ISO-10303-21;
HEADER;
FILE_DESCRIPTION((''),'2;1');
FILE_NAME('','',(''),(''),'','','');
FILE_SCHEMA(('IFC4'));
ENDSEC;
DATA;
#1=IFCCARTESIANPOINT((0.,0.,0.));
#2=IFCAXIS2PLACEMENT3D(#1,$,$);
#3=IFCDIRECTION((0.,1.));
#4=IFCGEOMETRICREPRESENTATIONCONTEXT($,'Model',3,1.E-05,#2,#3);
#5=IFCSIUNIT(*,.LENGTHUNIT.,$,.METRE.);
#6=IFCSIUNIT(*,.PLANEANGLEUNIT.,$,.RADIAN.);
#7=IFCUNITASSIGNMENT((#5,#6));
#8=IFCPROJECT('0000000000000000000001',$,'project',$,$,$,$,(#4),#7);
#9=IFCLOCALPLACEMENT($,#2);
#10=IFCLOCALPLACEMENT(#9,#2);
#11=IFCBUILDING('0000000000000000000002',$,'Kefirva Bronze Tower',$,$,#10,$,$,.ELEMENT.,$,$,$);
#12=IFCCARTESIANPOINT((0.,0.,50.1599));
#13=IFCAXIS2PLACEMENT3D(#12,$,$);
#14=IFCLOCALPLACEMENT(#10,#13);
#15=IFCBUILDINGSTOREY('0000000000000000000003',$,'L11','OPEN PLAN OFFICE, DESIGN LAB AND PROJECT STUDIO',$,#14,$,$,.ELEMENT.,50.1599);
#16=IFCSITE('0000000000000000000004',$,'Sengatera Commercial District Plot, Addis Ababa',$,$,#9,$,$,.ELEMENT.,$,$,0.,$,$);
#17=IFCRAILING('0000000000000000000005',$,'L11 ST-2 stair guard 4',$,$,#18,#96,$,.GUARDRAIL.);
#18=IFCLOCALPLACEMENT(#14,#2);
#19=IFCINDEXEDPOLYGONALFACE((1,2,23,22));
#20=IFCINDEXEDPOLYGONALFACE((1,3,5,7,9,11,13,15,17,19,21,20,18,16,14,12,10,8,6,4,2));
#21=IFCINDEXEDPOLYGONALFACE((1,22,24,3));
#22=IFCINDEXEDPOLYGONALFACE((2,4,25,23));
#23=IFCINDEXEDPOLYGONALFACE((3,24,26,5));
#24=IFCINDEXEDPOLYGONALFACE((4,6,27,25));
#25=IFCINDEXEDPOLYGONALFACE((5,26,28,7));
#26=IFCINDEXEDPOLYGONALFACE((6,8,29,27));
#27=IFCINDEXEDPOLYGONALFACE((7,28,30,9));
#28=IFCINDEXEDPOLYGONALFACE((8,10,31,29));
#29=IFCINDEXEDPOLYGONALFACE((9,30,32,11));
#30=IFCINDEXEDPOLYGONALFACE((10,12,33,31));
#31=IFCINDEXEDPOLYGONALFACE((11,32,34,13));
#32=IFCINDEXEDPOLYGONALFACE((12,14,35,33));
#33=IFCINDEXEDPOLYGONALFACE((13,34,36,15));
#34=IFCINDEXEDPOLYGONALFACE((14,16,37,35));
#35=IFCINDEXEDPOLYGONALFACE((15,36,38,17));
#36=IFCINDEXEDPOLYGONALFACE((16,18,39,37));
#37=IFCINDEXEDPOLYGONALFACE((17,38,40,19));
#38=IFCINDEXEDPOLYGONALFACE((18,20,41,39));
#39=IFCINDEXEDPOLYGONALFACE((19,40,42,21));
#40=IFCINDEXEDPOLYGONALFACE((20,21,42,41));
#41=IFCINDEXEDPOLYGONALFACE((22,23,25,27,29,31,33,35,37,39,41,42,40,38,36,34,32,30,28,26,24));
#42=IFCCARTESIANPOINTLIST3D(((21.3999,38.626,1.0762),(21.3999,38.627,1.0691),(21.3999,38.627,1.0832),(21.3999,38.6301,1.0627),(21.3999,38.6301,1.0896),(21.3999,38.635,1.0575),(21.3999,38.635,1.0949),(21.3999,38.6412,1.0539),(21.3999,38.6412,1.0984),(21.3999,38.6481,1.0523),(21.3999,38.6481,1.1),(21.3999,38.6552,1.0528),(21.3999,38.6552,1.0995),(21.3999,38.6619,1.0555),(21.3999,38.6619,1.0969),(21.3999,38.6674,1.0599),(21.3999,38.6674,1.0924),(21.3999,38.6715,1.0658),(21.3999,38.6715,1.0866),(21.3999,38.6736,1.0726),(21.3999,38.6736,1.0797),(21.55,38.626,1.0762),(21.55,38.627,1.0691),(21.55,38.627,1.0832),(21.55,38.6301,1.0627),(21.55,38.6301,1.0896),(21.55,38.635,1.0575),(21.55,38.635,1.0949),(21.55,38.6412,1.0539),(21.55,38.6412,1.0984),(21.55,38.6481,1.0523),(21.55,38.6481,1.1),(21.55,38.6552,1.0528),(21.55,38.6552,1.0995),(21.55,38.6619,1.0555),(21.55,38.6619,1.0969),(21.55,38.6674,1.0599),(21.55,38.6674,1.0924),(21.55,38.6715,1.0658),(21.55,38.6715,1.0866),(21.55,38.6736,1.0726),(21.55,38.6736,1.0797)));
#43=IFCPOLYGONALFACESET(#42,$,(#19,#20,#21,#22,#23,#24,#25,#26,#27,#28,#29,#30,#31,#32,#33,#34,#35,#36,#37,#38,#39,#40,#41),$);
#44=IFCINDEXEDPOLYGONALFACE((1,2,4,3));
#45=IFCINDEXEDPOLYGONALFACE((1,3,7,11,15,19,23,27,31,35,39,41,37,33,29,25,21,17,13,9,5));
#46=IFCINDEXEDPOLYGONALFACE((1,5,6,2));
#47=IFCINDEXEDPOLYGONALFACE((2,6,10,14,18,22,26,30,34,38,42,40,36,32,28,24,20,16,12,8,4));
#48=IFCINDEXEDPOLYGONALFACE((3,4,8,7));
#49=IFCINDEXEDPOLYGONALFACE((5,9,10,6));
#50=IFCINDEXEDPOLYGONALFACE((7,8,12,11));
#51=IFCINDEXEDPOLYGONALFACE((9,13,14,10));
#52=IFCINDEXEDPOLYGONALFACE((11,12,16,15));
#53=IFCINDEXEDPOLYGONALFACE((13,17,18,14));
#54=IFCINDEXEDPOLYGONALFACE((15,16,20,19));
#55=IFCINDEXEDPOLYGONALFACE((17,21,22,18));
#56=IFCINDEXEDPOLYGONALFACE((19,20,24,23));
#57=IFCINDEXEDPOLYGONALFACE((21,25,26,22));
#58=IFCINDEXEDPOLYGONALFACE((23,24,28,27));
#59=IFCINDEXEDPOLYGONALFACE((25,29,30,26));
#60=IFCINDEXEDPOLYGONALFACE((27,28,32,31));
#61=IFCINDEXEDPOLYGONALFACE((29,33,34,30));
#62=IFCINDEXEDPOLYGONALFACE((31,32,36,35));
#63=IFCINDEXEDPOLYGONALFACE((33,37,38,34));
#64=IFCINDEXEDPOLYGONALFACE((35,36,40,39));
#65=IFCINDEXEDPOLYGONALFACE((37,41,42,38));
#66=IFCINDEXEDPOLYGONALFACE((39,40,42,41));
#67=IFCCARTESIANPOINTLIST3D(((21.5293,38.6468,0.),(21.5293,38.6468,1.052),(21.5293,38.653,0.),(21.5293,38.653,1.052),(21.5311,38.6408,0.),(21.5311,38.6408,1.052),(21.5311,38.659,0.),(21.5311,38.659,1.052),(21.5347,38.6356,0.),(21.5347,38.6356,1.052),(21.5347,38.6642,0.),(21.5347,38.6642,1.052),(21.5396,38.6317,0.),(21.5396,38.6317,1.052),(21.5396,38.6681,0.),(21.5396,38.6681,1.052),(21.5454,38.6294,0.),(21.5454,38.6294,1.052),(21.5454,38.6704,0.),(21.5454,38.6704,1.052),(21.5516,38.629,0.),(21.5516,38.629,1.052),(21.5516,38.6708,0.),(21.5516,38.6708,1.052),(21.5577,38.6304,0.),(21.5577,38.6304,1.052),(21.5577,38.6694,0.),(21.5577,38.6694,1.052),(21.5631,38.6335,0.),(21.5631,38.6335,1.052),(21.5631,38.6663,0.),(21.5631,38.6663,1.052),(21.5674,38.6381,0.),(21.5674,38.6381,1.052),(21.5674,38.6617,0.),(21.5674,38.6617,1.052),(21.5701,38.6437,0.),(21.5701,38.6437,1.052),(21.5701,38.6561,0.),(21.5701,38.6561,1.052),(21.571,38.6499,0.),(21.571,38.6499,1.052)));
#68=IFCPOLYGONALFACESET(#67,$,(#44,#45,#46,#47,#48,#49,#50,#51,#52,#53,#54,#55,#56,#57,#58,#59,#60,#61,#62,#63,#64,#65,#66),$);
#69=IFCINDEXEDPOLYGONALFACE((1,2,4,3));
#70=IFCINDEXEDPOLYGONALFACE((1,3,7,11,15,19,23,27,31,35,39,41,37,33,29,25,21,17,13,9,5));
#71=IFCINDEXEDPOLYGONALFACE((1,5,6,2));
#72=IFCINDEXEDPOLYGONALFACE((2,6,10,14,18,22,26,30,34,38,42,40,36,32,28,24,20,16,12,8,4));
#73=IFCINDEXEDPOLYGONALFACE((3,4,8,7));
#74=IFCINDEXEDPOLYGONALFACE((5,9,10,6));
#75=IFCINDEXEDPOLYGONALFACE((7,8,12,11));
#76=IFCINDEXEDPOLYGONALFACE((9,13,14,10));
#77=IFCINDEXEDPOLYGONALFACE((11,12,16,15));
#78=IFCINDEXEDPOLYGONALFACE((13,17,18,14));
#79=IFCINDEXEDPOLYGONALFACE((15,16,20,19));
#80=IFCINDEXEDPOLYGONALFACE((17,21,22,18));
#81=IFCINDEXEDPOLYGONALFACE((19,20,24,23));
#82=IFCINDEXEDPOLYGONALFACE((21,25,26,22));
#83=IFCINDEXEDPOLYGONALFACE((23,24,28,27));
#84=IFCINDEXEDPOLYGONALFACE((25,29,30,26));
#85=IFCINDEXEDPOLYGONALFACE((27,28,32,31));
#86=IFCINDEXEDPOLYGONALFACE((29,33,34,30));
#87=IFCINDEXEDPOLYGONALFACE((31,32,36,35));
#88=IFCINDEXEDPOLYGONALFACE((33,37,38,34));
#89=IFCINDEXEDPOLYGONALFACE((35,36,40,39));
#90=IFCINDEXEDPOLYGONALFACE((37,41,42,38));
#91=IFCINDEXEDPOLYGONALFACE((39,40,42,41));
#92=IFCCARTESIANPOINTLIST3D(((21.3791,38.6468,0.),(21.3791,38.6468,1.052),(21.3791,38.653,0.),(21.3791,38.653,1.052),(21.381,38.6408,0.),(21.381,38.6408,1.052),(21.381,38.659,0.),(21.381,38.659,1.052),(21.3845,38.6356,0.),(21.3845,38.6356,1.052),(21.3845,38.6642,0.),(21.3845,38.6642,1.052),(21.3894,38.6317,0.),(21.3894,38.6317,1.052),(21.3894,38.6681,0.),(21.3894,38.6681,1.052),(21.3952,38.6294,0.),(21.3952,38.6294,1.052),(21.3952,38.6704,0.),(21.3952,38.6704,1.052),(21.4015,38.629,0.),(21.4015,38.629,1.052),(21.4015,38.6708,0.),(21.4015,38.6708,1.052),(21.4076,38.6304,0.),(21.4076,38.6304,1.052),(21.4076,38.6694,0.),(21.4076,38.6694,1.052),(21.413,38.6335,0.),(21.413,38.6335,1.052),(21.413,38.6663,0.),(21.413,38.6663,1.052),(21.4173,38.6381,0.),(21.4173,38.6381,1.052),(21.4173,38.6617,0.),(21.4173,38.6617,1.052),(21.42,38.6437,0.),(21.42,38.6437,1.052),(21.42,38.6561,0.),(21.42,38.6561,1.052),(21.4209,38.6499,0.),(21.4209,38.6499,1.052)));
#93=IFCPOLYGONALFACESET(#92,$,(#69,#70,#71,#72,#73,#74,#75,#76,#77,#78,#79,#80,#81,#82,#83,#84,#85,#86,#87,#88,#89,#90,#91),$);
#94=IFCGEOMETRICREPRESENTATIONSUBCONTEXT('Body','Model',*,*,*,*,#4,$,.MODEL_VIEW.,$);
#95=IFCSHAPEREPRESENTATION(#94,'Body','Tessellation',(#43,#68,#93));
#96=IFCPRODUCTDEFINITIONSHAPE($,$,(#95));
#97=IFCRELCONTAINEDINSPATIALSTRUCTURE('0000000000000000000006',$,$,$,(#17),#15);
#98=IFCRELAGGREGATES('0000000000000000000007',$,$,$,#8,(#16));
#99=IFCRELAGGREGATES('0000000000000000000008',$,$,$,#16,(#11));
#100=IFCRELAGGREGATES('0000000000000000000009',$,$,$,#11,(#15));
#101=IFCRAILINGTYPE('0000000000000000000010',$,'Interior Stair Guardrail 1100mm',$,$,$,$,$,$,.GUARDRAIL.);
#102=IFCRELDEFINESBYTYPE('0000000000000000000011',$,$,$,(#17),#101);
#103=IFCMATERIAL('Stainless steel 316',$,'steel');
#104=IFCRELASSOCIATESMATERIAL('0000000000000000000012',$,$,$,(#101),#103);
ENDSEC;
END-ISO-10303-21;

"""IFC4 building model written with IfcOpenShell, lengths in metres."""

from ifc_helpers import new_model, si_unit, direction, frame, origin, origin_2d, place, context, subcontext, project, spatial, circle, extrude, material, type_object, element, save


model = new_model("IFC4")

# Units and contexts
model_context = context("Model", 3, precision=1e-05, world=origin(), true_north=direction((0.0, 1.0)))
body_context = subcontext(model_context, "Body", "Model", "MODEL_VIEW")
ifc_project = project(units=[si_unit("LENGTHUNIT", "METRE"), si_unit("PLANEANGLEUNIT", "RADIAN")], contexts=[model_context])

# Site, building, storey
site_placement = place(None, origin())
site = spatial("IfcSite", under=ifc_project, at=site_placement, Name="Sengatera Commercial District Plot, Addis Ababa", CompositionType="ELEMENT", RefElevation=0.0)
building_placement = place(site_placement, origin())
building = spatial("IfcBuilding", under=site, at=building_placement, Name="Kefirva Bronze Tower", CompositionType="ELEMENT")
storey_placement = place(building_placement, frame((0.0, 0.0, 50.1599)))
storey = spatial("IfcBuildingStorey", under=building, at=storey_placement, Name="L11", Description="OPEN PLAN OFFICE, DESIGN LAB AND PROJECT STUDIO", CompositionType="ELEMENT", Elevation=50.1599)

# Railing
ifc_material_1 = material(Name="Stainless steel 316", Category="steel")
railing_type_1 = type_object("IfcRailingType", Name="Interior Stair Guardrail 1100mm", PredefinedType="GUARDRAIL", material=ifc_material_1)
railing_1_placement = place(storey_placement, frame((21.55, 38.6499, 0.0)))
element("IfcRailing", 1, at=railing_1_placement, inside=storey, type_object=railing_type_1, Name="L11 ST-2 stair guard 4", PredefinedType="GUARDRAIL", context=body_context, shape_type="SweptSolid", body=[
    extrude(circle(Radius=0.0239, at=origin_2d()), frame((0.0, 0.0, 1.0762), z_axis=(-1.0, 0.0, 0.0), x_axis=(0.0, -1.0, 0.0)), (0.0, 0.0, 1.0), 0.1501),
    extrude(circle(Radius=0.021, at=origin_2d()), origin(), (0.0, 0.0, 1.0), 1.052),
    extrude(circle(Radius=0.021, at=origin_2d()), frame((-0.1501, 0.0, 0.0)), (0.0, 0.0, 1.0), 1.052),
])

save(model, "model.ifc")
